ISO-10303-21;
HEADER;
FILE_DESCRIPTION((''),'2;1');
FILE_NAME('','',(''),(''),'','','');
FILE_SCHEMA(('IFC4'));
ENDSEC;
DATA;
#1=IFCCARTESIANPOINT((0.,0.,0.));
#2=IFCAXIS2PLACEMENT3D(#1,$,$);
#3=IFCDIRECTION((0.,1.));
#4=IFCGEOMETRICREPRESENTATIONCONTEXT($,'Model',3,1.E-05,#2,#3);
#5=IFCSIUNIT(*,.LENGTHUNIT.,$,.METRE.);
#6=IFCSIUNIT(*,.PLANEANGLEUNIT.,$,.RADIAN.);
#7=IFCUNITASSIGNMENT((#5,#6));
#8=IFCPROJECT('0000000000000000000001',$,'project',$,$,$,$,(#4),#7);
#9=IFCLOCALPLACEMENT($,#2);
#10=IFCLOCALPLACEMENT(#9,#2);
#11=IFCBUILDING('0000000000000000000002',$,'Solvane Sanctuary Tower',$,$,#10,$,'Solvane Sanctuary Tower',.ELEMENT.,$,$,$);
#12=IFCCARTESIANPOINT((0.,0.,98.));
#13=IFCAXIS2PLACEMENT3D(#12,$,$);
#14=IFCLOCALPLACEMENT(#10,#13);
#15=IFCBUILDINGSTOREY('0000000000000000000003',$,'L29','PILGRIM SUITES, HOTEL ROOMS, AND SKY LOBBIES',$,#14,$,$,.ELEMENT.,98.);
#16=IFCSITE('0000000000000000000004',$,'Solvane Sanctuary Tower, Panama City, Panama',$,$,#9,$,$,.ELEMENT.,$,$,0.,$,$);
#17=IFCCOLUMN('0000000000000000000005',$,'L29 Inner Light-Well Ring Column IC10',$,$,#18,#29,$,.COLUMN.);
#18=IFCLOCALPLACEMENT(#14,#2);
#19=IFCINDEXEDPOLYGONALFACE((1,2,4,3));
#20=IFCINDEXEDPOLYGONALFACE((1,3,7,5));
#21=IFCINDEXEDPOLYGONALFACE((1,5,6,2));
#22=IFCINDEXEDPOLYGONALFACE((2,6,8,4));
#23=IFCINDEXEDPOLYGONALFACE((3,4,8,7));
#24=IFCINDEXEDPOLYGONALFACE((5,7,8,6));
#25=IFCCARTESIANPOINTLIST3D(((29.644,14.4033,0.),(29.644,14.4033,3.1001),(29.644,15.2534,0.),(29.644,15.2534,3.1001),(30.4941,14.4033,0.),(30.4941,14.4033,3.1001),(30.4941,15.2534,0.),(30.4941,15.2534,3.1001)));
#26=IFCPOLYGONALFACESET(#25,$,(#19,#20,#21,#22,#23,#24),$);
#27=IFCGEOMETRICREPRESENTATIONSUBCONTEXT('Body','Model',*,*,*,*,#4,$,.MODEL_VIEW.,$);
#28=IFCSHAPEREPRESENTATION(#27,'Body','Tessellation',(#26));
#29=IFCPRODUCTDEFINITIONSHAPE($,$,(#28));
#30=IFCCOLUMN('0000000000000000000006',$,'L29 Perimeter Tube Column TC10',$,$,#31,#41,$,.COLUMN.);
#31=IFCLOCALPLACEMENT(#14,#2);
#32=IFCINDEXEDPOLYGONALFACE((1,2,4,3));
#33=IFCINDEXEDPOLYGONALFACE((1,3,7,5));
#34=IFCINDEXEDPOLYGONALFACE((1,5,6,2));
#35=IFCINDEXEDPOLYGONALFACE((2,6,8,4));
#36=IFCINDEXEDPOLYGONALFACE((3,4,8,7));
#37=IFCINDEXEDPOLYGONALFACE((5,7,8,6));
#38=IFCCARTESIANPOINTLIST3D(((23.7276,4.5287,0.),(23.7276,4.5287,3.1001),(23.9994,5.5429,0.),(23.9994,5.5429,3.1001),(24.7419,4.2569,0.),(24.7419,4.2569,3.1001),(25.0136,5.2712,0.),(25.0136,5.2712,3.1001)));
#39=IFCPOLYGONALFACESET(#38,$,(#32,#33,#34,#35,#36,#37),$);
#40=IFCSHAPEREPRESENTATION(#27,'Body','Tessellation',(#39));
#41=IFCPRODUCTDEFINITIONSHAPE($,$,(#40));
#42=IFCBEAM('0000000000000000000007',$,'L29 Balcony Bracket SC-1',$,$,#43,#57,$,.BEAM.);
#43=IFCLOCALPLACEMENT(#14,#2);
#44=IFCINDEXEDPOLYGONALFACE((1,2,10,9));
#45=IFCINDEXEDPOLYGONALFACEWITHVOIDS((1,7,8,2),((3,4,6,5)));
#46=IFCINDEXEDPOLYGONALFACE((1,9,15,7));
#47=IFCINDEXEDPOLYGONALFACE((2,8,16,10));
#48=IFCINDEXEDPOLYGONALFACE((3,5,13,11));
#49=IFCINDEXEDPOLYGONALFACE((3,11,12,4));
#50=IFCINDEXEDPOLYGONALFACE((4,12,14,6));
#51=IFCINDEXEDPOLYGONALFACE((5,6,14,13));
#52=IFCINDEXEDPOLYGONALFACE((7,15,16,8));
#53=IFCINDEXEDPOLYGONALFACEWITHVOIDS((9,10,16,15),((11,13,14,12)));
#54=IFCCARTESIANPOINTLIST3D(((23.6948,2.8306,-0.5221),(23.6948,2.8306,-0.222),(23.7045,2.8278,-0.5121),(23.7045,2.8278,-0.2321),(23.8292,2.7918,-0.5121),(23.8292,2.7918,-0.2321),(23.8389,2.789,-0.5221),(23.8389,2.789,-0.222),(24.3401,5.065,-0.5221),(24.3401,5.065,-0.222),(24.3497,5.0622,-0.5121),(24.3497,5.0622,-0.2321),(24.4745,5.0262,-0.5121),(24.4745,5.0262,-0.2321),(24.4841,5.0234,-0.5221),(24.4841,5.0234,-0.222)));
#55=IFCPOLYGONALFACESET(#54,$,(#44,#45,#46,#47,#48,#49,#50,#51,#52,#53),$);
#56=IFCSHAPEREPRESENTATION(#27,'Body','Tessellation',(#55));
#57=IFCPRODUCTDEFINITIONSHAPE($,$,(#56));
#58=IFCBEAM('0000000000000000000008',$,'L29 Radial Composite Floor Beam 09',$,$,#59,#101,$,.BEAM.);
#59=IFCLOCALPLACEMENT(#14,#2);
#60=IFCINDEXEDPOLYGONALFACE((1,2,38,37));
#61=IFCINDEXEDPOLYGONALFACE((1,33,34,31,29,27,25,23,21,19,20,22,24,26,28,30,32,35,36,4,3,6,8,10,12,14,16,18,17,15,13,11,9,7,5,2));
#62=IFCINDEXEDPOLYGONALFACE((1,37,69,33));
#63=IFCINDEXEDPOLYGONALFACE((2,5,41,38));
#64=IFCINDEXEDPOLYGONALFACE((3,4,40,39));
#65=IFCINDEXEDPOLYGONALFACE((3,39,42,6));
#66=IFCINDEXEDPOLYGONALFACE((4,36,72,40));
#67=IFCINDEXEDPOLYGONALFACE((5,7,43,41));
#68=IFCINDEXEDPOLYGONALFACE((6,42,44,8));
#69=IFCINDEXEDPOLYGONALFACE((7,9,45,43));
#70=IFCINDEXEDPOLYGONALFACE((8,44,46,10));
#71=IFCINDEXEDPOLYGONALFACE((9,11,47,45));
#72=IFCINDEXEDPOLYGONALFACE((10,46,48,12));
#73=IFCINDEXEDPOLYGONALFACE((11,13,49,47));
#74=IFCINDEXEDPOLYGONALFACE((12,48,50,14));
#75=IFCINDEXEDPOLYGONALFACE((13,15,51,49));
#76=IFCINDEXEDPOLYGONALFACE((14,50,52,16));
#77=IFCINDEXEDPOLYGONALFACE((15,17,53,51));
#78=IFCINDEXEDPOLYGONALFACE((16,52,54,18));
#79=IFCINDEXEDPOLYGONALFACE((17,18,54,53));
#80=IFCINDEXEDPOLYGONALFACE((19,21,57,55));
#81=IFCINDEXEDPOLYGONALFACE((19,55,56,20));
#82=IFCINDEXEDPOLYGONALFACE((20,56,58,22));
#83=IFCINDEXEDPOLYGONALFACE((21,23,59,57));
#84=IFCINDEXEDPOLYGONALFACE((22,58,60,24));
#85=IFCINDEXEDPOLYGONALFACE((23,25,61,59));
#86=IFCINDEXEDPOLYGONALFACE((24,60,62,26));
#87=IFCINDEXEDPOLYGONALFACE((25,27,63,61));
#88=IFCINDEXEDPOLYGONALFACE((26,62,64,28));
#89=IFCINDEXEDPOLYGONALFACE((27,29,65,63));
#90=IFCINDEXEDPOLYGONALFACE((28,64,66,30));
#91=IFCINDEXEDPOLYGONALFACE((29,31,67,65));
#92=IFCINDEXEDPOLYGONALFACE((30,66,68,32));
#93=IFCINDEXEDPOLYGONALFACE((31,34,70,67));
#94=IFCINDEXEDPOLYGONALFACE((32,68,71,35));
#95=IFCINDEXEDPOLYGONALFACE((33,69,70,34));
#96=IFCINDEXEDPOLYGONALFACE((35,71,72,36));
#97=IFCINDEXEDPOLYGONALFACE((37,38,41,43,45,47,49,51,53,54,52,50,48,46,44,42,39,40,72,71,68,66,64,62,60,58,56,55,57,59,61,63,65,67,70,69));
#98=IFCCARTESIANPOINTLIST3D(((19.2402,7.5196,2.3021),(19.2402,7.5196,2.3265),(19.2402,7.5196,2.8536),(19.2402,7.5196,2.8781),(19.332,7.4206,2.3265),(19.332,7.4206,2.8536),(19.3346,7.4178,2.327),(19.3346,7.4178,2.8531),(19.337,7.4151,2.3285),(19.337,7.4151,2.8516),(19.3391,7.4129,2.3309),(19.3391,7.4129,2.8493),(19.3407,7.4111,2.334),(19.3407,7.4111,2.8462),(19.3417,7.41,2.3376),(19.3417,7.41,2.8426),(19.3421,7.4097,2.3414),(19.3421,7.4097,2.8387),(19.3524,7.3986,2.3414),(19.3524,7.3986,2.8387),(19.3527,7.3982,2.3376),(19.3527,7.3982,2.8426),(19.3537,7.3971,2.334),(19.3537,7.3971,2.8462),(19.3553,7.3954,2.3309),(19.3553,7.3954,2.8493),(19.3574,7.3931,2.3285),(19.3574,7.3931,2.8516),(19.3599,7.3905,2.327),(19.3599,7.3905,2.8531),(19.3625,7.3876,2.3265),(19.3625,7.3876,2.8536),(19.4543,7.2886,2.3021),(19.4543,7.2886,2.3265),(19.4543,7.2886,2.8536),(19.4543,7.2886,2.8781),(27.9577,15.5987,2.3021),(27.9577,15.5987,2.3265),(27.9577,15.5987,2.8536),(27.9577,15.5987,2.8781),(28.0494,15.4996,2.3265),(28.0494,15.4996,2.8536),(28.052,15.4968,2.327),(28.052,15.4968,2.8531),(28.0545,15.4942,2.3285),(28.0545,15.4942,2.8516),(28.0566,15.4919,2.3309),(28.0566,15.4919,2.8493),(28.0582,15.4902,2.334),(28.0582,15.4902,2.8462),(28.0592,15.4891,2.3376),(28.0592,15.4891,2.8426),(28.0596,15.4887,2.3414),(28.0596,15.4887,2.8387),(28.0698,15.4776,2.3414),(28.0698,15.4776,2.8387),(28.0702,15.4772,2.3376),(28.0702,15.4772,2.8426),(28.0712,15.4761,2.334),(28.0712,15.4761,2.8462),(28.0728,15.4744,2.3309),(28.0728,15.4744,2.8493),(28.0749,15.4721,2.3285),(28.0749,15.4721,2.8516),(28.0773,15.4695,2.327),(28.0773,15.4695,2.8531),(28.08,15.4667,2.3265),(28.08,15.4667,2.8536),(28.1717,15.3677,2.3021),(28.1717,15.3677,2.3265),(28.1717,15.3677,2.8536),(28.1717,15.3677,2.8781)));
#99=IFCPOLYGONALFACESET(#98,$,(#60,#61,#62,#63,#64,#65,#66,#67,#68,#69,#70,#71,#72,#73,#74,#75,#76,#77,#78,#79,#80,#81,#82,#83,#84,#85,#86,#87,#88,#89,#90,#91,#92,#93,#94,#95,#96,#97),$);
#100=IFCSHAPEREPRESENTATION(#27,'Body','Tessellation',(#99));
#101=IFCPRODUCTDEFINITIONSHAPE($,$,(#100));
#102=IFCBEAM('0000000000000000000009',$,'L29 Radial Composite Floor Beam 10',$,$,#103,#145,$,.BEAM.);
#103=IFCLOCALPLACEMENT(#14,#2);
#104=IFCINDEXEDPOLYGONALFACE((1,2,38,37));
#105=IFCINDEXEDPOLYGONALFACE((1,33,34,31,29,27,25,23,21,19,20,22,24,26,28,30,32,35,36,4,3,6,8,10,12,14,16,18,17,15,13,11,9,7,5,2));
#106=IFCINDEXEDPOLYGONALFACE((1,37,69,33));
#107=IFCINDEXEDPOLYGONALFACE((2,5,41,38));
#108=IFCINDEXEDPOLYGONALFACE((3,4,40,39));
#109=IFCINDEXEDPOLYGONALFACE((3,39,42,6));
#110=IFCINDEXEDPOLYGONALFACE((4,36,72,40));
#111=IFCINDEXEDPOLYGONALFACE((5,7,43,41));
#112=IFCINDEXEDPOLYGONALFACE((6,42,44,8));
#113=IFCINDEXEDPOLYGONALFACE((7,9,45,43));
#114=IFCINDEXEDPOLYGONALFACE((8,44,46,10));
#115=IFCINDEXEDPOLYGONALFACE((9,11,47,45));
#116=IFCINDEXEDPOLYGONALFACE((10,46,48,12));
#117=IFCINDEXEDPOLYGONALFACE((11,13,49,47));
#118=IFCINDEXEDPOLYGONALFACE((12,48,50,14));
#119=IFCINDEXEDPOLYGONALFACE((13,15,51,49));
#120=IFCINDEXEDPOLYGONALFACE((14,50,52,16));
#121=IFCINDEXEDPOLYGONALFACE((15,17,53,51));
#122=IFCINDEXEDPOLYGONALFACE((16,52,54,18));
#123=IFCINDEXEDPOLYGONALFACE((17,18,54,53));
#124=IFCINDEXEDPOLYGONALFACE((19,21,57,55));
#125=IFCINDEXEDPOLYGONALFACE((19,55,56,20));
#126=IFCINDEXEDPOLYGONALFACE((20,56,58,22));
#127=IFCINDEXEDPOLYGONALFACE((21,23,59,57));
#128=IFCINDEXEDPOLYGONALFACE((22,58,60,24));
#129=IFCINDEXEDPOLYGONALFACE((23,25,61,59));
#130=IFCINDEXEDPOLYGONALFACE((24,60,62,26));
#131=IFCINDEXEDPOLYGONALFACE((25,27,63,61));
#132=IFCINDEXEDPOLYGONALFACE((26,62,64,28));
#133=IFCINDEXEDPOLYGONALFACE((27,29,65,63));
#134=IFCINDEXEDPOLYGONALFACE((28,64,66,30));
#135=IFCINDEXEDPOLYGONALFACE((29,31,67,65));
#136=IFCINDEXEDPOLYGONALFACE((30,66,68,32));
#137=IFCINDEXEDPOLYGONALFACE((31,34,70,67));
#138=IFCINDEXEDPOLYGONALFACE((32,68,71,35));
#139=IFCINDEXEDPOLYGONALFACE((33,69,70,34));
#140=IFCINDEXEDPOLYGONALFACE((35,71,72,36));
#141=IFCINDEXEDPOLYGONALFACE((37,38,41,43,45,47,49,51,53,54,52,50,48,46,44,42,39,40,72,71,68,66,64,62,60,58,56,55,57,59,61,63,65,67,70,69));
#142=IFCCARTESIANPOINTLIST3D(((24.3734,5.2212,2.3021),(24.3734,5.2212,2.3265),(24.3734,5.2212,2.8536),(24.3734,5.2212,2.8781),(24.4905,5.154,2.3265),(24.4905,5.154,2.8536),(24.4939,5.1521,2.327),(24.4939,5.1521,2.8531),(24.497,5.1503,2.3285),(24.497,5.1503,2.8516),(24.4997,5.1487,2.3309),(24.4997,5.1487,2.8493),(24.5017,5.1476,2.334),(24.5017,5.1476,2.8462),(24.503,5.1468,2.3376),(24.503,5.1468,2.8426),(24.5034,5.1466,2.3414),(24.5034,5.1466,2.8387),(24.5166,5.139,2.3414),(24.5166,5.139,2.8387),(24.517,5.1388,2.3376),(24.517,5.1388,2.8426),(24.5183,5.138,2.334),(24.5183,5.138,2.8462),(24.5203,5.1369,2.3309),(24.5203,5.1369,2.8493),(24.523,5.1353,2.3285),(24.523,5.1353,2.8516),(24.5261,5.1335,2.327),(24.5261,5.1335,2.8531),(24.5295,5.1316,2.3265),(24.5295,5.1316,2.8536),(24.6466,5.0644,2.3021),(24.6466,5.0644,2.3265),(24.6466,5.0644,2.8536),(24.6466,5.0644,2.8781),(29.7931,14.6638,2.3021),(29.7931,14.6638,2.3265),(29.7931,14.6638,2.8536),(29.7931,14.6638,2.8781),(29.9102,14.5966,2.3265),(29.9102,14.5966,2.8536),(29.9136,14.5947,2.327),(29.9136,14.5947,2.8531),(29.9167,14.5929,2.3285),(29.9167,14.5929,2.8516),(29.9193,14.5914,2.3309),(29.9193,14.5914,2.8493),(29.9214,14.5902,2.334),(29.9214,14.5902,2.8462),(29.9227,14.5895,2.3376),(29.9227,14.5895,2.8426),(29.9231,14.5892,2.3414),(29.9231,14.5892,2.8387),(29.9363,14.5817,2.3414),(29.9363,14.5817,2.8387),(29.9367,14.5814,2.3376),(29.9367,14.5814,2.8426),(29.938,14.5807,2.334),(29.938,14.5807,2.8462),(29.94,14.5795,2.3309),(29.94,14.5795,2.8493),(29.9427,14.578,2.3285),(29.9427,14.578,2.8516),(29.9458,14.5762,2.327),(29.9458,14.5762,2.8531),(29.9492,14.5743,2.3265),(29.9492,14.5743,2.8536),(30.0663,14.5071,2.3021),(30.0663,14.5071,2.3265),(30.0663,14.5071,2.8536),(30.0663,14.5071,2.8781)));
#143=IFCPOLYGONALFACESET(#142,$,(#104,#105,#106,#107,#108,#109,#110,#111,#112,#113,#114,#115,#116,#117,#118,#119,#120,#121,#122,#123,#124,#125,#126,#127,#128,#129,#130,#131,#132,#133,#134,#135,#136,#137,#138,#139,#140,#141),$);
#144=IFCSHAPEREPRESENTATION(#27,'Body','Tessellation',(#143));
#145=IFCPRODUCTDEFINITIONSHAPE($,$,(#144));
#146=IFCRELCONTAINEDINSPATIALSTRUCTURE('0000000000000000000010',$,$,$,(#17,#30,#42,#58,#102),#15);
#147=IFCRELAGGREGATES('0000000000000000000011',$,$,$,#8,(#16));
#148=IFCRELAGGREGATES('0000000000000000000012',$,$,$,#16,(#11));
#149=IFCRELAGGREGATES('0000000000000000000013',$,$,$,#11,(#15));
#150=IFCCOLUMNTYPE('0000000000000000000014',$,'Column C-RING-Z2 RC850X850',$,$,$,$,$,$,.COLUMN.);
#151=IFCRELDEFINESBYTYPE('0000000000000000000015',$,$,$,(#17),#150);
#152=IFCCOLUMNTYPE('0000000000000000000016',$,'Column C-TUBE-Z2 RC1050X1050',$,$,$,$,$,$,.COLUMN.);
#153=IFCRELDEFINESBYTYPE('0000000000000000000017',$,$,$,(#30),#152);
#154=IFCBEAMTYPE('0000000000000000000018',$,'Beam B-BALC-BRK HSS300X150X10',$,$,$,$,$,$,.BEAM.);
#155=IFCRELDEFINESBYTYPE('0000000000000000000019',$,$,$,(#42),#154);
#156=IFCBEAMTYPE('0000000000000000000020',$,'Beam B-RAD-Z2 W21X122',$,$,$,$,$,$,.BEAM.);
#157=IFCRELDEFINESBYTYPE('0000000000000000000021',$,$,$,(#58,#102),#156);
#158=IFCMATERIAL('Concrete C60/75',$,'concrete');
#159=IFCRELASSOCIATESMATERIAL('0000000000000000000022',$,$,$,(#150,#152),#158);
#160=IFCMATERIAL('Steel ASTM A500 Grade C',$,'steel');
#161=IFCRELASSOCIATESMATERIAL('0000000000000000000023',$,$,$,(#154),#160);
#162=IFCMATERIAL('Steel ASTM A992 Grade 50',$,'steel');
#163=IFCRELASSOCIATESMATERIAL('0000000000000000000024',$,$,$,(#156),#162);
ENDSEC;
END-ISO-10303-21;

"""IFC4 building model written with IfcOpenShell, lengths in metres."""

from ifc_helpers import new_model, si_unit, direction, frame, origin, origin_2d, place, context, subcontext, project, spatial, rectangle, hollow_rectangle, i_section, extrude, material, material_profile, profile_set, type_object, element, save


model = new_model("IFC4")

# Units and contexts
model_context = context("Model", 3, precision=1e-05, world=origin(), true_north=direction((0.0, 1.0)))
body_context = subcontext(model_context, "Body", "Model", "MODEL_VIEW")
ifc_project = project(units=[si_unit("LENGTHUNIT", "METRE"), si_unit("PLANEANGLEUNIT", "RADIAN")], contexts=[model_context])

# Site, building, storey
site_placement = place(None, origin())
site = spatial("IfcSite", under=ifc_project, at=site_placement, Name="Solvane Sanctuary Tower, Panama City, Panama", CompositionType="ELEMENT", RefElevation=0.0)
building_placement = place(site_placement, origin())
building = spatial("IfcBuilding", under=site, at=building_placement, Name="Solvane Sanctuary Tower", LongName="Solvane Sanctuary Tower", CompositionType="ELEMENT")
storey_placement = place(building_placement, frame((0.0, 0.0, 98.0)))
storey = spatial("IfcBuildingStorey", under=building, at=storey_placement, Name="L29", Description="PILGRIM SUITES, HOTEL ROOMS, AND SKY LOBBIES", CompositionType="ELEMENT", Elevation=98.0)

# Columns
ifc_material_1 = material(Name="Concrete C60/75", Category="concrete")
ifc_material_profile_1 = material_profile(ifc_material_1, rectangle(XDim=0.8501, YDim=0.8501, at=origin_2d()), Name="RC850X850")
ifc_profile_set_1 = profile_set([ifc_material_profile_1], Name="Concrete C60/75")
column_type_1 = type_object("IfcColumnType", Name="Column C-RING-Z2 RC850X850", PredefinedType="COLUMN", material=ifc_profile_set_1)
column_1_placement = place(storey_placement, frame((30.0691, 14.8284, 0.0), z_axis=(0.0, 0.0, 1.0), x_axis=(1.0, 0.0, 0.0)))
element("IfcColumn", 1, at=column_1_placement, inside=storey, type_object=column_type_1, Name="L29 Inner Light-Well Ring Column IC10", PredefinedType="COLUMN", context=body_context, shape_type="SweptSolid", body=[
    extrude(rectangle(XDim=0.8501, YDim=0.8501, at=origin_2d()), origin(), (0.0, 0.0, 1.0), 3.1001),
])
ifc_material_profile_2 = material_profile(ifc_material_1, rectangle(XDim=1.05, YDim=1.05, at=origin_2d()), Name="RC1050X1050")
ifc_profile_set_2 = profile_set([ifc_material_profile_2], Name="Concrete C60/75")
column_type_2 = type_object("IfcColumnType", Name="Column C-TUBE-Z2 RC1050X1050", PredefinedType="COLUMN", material=ifc_profile_set_2)
column_2_placement = place(storey_placement, frame((24.3706, 4.8999, 0.0), z_axis=(0.0, 0.0, 1.0), x_axis=(-0.258819, -0.965926, 0.0)))
element("IfcColumn", 2, at=column_2_placement, inside=storey, type_object=column_type_2, Name="L29 Perimeter Tube Column TC10", PredefinedType="COLUMN", context=body_context, shape_type="SweptSolid", body=[
    extrude(rectangle(XDim=1.05, YDim=1.05, at=origin_2d()), origin(), (0.0, 0.0, 1.0), 3.1001),
])

# Beams
ifc_material_2 = material(Name="Steel ASTM A500 Grade C", Category="steel")
ifc_material_profile_3 = material_profile(ifc_material_2, hollow_rectangle(XDim=0.1499, YDim=0.3, WallThickness=0.01, at=origin_2d()), Name="HSS300X150X10")
ifc_profile_set_3 = profile_set([ifc_material_profile_3], Name="Steel ASTM A500 Grade C")
beam_type_1 = type_object("IfcBeamType", Name="Beam B-BALC-BRK HSS300X150X10", PredefinedType="BEAM", material=ifc_profile_set_3)
beam_1_placement = place(storey_placement, frame((24.4121, 5.0442, -0.3721), z_axis=(-0.277451, -0.96074, 0.0), x_axis=(0.96074, -0.277451, 0.0)))
element("IfcBeam", 3, at=beam_1_placement, inside=storey, type_object=beam_type_1, Name="L29 Balcony Bracket SC-1", PredefinedType="BEAM", context=body_context, shape_type="SweptSolid", body=[
    extrude(hollow_rectangle(XDim=0.1499, YDim=0.3, WallThickness=0.01, at=origin_2d()), origin(), (0.0, 0.0, 1.0), 2.3257),
])
ifc_material_3 = material(Name="Steel ASTM A992 Grade 50", Category="steel")
ifc_material_profile_4 = material_profile(ifc_material_3, i_section(OverallWidth=0.3149, OverallDepth=0.5759, WebThickness=0.0151, FlangeThickness=0.0244, FilletRadius=0.0149, at=origin_2d()), Name="W21X122")
ifc_profile_set_4 = profile_set([ifc_material_profile_4], Name="Steel ASTM A992 Grade 50")
beam_type_2 = type_object("IfcBeamType", Name="Beam B-RAD-Z2 W21X122", PredefinedType="BEAM", material=ifc_profile_set_4)
beam_2_placement = place(storey_placement, frame((28.0647, 15.4832, 2.5901), z_axis=(-0.733454, -0.679739, 0.0), x_axis=(0.679739, -0.733454, 0.0)))
element("IfcBeam", 4, at=beam_2_placement, inside=storey, type_object=beam_type_2, Name="L29 Radial Composite Floor Beam 09", PredefinedType="BEAM", context=body_context, shape_type="SweptSolid", body=[
    extrude(i_section(OverallWidth=0.3149, OverallDepth=0.5759, WebThickness=0.0151, FlangeThickness=0.0244, FilletRadius=0.0149, at=origin_2d()), origin(), (0.0, 0.0, 1.0), 11.8855),
])
beam_3_placement = place(storey_placement, frame((29.9297, 14.5854, 2.5901), z_axis=(-0.497792, -0.867296, 0.0), x_axis=(0.867296, -0.497792, 0.0)))
element("IfcBeam", 5, at=beam_3_placement, inside=storey, type_object=beam_type_2, Name="L29 Radial Composite Floor Beam 10", PredefinedType="BEAM", context=body_context, shape_type="SweptSolid", body=[
    extrude(i_section(OverallWidth=0.3149, OverallDepth=0.5759, WebThickness=0.0151, FlangeThickness=0.0244, FilletRadius=0.0149, at=origin_2d()), origin(), (0.0, 0.0, 1.0), 10.8875),
])

save(model, "model.ifc")
